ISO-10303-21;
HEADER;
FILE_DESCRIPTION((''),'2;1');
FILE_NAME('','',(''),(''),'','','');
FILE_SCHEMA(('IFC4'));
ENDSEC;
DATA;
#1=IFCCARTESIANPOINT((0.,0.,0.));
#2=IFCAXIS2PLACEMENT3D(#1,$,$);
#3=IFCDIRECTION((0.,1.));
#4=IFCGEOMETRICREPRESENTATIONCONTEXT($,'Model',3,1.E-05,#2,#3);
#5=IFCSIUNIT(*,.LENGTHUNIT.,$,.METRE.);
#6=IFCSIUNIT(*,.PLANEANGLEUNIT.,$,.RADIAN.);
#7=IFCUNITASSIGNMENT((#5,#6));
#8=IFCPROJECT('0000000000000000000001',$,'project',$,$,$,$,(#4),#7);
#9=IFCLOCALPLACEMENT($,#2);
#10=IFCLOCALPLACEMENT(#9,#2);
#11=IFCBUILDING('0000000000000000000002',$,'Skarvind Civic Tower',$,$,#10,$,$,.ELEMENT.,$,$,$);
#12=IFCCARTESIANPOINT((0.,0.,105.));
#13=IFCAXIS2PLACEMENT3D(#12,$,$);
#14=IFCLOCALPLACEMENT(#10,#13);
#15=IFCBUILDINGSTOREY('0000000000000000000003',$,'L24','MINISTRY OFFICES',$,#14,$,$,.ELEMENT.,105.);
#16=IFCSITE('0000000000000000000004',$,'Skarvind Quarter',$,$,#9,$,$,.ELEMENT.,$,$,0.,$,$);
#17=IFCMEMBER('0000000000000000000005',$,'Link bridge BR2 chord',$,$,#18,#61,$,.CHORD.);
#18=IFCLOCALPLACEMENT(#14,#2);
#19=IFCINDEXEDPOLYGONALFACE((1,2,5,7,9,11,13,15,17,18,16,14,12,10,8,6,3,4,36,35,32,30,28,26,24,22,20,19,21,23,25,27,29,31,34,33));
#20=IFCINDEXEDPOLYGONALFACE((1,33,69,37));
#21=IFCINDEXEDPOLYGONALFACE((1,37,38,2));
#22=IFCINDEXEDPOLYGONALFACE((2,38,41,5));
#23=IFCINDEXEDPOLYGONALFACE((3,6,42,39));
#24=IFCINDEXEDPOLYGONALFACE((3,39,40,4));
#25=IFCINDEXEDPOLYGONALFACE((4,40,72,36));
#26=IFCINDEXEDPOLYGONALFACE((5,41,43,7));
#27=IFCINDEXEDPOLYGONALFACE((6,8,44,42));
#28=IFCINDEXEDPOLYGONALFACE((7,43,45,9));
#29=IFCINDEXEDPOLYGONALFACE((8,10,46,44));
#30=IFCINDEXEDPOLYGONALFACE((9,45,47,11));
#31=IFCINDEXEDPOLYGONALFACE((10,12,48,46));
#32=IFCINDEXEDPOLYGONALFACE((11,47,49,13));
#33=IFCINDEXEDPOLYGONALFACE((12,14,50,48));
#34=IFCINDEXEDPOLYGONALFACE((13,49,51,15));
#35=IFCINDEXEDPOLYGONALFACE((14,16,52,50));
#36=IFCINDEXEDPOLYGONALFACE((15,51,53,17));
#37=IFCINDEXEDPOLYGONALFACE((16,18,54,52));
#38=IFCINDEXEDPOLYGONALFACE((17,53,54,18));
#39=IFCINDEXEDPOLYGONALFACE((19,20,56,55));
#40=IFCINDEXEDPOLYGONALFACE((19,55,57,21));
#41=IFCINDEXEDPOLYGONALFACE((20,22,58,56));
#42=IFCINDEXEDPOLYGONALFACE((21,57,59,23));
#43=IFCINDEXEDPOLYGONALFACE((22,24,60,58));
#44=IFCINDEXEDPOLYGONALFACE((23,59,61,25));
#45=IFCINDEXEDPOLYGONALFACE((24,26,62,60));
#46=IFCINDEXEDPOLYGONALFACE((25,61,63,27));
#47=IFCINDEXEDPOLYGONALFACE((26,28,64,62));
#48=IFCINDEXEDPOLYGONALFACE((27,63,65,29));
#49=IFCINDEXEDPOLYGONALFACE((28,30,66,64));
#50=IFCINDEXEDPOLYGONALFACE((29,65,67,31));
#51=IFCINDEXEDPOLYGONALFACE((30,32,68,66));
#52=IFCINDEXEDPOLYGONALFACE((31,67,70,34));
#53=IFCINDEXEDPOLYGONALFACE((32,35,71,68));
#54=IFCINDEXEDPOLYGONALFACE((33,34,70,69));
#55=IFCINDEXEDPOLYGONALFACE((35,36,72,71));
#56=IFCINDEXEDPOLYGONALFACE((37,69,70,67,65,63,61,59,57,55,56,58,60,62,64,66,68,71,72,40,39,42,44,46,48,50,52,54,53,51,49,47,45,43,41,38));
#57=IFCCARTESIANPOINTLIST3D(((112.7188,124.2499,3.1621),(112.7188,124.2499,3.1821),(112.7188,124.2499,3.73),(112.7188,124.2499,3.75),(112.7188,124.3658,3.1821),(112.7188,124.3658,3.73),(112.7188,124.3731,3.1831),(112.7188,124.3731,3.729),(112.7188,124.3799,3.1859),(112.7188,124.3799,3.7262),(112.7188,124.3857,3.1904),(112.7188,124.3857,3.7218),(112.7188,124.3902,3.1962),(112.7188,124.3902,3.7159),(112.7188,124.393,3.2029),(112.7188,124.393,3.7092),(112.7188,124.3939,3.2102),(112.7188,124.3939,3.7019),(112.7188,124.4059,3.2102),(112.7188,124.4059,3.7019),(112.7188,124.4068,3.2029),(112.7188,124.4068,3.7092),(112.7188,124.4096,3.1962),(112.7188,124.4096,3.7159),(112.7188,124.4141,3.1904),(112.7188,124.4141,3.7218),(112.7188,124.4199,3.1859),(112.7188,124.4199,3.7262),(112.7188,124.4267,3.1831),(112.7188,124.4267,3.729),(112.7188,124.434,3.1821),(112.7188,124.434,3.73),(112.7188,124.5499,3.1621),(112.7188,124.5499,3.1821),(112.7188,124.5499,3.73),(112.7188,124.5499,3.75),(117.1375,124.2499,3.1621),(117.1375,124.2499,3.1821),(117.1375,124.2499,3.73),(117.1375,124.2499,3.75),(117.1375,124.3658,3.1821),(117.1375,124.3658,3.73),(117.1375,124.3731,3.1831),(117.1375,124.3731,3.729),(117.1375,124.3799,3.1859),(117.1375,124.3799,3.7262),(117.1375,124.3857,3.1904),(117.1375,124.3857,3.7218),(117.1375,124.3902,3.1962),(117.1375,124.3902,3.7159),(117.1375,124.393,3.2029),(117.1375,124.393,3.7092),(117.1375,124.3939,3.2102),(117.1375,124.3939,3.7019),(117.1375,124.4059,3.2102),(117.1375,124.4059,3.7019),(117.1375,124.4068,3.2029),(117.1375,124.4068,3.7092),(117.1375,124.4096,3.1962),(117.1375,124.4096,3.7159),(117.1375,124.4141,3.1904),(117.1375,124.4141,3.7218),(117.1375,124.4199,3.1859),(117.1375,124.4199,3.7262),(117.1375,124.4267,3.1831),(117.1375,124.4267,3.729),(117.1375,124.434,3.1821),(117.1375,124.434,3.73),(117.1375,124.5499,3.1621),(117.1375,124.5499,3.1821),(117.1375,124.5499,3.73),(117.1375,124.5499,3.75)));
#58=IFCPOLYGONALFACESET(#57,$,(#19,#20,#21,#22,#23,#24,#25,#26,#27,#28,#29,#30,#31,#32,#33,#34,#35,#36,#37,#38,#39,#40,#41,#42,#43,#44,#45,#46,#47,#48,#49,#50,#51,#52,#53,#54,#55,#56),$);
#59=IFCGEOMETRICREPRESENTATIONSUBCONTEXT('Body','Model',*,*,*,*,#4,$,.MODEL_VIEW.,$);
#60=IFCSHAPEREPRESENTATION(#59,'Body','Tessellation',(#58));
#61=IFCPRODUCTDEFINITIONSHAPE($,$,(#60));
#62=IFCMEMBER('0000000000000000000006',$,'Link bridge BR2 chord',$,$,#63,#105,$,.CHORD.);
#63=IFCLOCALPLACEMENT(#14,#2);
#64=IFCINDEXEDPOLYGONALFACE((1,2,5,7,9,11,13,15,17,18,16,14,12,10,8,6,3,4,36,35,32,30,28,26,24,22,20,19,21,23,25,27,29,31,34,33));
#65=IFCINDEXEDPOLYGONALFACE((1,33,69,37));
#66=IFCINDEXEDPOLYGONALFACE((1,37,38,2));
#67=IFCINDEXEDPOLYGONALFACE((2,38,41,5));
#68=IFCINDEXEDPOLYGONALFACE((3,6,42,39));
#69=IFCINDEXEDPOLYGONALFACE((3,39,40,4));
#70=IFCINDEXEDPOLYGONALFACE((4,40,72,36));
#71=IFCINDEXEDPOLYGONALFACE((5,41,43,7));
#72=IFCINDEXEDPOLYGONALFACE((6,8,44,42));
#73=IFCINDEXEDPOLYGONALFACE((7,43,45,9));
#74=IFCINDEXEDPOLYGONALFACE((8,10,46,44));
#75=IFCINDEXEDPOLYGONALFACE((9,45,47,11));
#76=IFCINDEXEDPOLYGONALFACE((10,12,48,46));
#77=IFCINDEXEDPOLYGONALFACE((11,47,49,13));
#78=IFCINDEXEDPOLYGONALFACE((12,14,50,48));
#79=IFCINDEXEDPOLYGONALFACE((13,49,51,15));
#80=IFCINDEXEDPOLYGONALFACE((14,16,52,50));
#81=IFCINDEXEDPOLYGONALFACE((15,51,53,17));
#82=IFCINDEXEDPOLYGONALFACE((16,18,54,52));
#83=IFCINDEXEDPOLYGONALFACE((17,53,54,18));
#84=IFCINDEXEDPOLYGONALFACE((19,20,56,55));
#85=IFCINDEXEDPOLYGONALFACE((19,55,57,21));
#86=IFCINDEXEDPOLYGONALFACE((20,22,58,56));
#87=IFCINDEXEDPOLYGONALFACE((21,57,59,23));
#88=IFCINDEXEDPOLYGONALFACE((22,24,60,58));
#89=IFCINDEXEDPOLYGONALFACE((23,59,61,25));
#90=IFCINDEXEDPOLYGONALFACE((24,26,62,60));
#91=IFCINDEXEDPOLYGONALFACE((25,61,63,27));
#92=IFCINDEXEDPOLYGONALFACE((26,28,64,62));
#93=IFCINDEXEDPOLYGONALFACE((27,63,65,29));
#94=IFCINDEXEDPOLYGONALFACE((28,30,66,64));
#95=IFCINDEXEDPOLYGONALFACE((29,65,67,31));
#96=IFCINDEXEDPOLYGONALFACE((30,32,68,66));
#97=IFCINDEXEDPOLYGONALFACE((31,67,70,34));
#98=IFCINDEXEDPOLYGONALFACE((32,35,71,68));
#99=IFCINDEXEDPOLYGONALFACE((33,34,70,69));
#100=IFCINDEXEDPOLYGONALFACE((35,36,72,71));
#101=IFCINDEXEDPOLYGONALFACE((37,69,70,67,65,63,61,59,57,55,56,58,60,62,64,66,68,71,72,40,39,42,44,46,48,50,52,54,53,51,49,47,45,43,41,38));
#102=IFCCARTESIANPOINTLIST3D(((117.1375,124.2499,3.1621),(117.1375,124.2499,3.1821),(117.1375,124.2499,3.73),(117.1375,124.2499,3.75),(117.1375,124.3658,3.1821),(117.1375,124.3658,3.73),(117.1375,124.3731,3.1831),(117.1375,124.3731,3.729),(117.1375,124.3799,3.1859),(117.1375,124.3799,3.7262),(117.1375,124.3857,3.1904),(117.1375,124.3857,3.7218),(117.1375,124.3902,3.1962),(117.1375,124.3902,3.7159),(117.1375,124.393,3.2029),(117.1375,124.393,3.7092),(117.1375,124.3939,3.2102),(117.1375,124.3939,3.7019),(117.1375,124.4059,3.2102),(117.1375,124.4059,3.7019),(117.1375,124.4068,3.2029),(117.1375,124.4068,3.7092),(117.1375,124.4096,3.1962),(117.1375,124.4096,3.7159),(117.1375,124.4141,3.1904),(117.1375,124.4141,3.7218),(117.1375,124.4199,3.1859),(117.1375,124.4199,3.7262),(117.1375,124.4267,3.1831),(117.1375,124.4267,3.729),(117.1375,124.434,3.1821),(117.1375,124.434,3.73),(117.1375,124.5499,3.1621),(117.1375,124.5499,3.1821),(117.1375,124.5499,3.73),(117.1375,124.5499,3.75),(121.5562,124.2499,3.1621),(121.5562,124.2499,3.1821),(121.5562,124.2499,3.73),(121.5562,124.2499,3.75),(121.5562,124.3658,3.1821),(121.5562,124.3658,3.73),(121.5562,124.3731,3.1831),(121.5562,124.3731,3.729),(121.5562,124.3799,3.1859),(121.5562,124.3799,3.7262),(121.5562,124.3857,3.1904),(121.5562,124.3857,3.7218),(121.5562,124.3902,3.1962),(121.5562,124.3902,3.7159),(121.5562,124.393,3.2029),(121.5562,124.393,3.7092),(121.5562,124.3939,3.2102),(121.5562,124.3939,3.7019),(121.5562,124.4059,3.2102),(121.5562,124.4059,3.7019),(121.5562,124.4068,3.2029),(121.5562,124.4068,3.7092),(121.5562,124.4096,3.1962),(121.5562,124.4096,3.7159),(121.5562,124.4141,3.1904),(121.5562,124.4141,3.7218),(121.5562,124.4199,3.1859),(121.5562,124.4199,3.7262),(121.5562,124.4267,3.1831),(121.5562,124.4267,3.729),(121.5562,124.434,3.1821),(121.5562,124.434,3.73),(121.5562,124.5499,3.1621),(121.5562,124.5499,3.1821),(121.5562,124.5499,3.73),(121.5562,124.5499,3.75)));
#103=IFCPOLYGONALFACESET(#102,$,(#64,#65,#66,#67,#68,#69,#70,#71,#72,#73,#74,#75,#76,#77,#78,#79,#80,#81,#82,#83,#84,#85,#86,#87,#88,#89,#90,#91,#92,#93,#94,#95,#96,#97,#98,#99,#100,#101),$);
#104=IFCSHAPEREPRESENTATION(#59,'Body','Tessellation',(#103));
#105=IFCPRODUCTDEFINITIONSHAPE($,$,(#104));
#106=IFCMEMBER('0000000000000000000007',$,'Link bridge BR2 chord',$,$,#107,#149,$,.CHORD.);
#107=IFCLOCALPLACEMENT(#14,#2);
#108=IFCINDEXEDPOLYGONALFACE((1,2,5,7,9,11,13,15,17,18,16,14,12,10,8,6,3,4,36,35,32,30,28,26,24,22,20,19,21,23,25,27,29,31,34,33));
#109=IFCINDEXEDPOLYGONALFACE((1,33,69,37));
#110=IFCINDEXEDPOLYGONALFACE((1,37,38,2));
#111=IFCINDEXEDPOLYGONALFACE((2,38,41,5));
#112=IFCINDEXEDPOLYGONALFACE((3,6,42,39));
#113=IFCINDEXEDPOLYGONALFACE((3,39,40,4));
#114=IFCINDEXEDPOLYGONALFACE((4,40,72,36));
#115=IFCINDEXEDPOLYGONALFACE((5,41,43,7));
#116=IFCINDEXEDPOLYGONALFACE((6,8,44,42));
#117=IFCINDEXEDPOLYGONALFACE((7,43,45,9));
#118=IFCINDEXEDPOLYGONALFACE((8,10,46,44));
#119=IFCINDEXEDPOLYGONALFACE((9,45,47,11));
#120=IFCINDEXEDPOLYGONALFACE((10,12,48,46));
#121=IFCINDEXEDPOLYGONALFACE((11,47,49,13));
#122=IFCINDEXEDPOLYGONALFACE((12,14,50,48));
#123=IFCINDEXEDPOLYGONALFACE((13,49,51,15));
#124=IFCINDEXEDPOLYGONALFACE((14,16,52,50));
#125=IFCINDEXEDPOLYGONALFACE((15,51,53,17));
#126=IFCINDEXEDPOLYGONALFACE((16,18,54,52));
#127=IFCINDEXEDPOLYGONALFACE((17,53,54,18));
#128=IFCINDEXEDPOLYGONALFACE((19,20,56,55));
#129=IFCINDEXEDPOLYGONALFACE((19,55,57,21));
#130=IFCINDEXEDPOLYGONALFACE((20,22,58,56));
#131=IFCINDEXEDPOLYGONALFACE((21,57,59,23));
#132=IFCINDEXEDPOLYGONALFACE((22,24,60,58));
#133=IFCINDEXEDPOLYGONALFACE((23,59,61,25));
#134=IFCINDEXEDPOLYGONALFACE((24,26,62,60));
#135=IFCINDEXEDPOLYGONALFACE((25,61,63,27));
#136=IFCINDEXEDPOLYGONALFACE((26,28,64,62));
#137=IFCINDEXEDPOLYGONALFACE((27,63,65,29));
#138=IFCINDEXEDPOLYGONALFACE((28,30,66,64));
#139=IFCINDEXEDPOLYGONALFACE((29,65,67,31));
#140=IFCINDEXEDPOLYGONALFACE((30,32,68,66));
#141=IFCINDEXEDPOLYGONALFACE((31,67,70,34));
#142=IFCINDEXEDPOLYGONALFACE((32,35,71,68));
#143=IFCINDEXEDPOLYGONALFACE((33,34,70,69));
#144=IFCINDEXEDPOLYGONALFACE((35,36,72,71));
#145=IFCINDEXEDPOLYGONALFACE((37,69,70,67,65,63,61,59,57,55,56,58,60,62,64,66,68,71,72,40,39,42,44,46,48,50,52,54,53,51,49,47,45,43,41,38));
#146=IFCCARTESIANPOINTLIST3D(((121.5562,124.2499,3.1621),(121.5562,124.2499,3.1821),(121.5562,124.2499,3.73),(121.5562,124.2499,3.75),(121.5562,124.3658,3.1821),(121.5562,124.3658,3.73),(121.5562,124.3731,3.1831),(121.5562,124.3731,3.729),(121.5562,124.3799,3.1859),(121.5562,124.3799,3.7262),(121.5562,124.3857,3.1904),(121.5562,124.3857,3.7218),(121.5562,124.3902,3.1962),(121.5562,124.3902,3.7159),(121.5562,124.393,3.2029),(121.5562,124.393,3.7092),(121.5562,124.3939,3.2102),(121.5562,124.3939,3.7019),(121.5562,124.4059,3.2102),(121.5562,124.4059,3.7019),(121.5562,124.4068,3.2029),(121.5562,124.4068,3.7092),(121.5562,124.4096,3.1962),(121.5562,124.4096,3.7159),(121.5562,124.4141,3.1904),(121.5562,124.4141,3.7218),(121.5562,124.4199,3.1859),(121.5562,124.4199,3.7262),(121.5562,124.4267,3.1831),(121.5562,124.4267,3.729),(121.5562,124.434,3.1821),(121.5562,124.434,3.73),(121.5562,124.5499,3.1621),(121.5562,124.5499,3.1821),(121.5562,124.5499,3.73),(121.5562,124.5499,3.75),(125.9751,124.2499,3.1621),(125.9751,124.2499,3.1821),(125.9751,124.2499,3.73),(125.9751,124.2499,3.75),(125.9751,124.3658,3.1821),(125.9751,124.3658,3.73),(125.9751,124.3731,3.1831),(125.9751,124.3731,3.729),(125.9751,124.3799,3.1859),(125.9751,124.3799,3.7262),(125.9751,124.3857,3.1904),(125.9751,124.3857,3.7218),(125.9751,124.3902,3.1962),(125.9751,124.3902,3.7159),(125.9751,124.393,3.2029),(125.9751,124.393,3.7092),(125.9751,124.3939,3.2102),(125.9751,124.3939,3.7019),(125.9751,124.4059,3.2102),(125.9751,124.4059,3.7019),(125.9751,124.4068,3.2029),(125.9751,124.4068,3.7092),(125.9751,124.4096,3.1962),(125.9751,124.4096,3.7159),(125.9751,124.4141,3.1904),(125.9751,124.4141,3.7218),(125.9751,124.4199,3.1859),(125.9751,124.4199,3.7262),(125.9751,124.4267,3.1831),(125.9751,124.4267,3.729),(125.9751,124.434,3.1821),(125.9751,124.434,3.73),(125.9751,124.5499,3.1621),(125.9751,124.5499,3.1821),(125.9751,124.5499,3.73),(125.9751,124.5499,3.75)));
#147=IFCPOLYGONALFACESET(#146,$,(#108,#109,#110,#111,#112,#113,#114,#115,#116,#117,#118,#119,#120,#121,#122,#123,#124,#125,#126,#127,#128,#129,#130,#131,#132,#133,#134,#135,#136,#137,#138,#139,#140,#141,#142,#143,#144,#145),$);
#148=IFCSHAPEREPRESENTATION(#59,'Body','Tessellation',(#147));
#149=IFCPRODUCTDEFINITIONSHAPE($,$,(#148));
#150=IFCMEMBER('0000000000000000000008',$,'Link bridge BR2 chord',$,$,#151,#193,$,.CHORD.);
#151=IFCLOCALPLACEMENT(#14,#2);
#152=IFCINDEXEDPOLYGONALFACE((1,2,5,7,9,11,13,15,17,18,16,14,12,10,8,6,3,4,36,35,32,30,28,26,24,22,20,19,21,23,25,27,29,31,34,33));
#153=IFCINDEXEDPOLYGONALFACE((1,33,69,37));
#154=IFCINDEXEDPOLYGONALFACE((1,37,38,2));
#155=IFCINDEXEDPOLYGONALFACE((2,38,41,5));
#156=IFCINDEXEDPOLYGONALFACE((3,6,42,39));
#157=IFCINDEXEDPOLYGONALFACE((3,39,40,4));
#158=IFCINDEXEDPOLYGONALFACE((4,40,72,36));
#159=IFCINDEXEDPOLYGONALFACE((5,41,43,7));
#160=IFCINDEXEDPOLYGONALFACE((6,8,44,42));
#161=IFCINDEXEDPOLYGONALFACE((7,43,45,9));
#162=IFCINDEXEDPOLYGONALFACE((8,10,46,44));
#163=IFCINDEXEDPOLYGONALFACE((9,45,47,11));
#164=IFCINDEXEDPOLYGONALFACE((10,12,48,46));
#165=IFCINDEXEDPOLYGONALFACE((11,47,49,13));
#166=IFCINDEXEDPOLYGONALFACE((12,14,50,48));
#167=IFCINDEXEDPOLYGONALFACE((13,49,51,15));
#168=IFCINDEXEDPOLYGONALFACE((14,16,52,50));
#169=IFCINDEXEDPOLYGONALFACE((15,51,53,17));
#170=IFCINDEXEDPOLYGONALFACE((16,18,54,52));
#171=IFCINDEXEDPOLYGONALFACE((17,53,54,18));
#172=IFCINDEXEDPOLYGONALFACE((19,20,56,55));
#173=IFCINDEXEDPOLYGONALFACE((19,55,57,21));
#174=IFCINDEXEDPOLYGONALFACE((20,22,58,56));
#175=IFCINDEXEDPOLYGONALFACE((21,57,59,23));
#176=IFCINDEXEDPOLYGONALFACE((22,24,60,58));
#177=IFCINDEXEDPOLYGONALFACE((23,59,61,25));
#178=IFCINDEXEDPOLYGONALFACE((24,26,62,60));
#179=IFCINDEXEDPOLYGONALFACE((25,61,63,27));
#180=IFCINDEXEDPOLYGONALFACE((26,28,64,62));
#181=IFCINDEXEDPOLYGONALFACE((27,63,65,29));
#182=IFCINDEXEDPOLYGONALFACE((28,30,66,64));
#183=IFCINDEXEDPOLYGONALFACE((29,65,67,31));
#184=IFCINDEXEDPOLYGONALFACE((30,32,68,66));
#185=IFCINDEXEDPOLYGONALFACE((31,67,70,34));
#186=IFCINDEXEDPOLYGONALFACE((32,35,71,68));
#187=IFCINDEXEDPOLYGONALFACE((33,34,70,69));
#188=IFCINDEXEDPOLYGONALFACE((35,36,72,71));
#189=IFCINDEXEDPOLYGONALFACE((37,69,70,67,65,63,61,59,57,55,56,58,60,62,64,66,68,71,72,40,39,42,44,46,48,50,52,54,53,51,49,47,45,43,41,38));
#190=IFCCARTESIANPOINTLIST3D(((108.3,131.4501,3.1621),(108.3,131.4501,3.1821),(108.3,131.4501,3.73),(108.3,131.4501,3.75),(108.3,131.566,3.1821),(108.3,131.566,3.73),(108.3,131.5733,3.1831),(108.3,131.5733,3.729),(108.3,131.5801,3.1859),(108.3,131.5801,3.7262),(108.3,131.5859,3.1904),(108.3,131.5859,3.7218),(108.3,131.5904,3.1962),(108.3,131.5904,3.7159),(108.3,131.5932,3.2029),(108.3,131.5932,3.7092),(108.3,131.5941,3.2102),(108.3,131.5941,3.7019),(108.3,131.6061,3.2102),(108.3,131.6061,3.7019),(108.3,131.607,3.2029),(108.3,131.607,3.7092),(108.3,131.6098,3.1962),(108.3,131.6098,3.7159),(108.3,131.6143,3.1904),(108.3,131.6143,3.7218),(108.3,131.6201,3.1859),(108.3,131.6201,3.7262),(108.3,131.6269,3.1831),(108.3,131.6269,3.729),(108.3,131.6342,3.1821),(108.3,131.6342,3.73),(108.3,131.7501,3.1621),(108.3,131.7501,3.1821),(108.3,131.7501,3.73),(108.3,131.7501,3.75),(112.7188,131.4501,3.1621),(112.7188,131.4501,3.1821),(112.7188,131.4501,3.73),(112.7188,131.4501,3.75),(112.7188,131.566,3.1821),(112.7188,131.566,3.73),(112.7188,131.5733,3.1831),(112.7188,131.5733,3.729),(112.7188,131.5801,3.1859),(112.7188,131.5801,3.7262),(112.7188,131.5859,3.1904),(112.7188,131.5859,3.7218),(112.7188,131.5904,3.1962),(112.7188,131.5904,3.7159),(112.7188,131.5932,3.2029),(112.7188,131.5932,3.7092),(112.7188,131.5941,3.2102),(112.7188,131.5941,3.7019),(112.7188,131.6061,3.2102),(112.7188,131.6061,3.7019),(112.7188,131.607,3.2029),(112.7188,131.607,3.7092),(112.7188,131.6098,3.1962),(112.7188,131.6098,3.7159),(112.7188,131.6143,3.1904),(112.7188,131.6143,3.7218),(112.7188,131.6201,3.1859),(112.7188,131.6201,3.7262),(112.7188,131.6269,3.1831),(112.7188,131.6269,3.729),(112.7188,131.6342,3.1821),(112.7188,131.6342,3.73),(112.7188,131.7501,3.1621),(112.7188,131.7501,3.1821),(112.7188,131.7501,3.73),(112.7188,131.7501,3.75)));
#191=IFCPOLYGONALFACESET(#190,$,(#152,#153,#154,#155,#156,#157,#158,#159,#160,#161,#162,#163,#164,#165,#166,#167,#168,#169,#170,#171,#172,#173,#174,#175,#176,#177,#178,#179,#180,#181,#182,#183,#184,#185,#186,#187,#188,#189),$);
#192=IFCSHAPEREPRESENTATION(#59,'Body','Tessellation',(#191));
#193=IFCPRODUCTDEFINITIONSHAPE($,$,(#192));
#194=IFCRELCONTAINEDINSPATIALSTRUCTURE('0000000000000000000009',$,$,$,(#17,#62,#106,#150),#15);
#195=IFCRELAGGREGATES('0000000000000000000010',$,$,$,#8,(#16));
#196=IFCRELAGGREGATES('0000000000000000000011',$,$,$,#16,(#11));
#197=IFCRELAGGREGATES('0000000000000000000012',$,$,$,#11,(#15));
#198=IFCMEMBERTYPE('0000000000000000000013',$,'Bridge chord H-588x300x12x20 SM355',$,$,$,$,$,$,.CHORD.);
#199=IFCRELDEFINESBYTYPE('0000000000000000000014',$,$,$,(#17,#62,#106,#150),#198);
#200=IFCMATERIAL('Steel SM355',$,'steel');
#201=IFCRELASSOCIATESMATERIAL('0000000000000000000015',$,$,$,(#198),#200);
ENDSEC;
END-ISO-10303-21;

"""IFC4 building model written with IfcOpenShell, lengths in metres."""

from ifc_helpers import new_model, si_unit, direction, frame, origin, origin_2d, place, context, subcontext, project, spatial, i_section, extrude, material, material_profile, profile_set, type_object, element, save


model = new_model("IFC4")

# Units and contexts
model_context = context("Model", 3, precision=1e-05, world=origin(), true_north=direction((0.0, 1.0)))
body_context = subcontext(model_context, "Body", "Model", "MODEL_VIEW")
ifc_project = project(units=[si_unit("LENGTHUNIT", "METRE"), si_unit("PLANEANGLEUNIT", "RADIAN")], contexts=[model_context])

# Site, building, storey
site_placement = place(None, origin())
site = spatial("IfcSite", under=ifc_project, at=site_placement, Name="Skarvind Quarter", CompositionType="ELEMENT", RefElevation=0.0)
building_placement = place(site_placement, origin())
building = spatial("IfcBuilding", under=site, at=building_placement, Name="Skarvind Civic Tower", CompositionType="ELEMENT")
storey_placement = place(building_placement, frame((0.0, 0.0, 105.0)))
storey = spatial("IfcBuildingStorey", under=building, at=storey_placement, Name="L24", Description="MINISTRY OFFICES", CompositionType="ELEMENT", Elevation=105.0)

# Members
ifc_material_1 = material(Name="Steel SM355", Category="steel")
ifc_material_profile_1 = material_profile(ifc_material_1, i_section(OverallWidth=0.3, OverallDepth=0.5879, WebThickness=0.012, FlangeThickness=0.02, FilletRadius=0.0281, at=origin_2d()), Name="H-588x300x12x20")
ifc_profile_set_1 = profile_set([ifc_material_profile_1], Name="Steel SM355")
member_type_1 = type_object("IfcMemberType", Name="Bridge chord H-588x300x12x20 SM355", PredefinedType="CHORD", material=ifc_profile_set_1)
for number, where, z_axis, x_axis, name in (
    (1, (112.7188, 124.3999, 3.4561), (1.0, 0.0, 0.0), (0.0, 1.0, 0.0), "Link bridge BR2 chord"),
    (2, (117.1375, 124.3999, 3.4561), (1.0, 0.0, 0.0), (0.0, 1.0, 0.0), "Link bridge BR2 chord"),
):
    element("IfcMember", number, at=place(storey_placement, frame(where, z_axis=z_axis, x_axis=x_axis)), inside=storey, type_object=member_type_1, Name=name, PredefinedType="CHORD", context=body_context, shape_type="SweptSolid", body=[
        extrude(i_section(OverallWidth=0.3, OverallDepth=0.5879, WebThickness=0.012, FlangeThickness=0.02, FilletRadius=0.0281, at=origin_2d()), origin(), (0.0, 0.0, 1.0), 4.4187),
    ])
member_1_placement = place(storey_placement, frame((121.5562, 124.3999, 3.4561), z_axis=(1.0, 0.0, 0.0), x_axis=(0.0, 1.0, 0.0)))
element("IfcMember", 3, at=member_1_placement, inside=storey, type_object=member_type_1, Name="Link bridge BR2 chord", PredefinedType="CHORD", context=body_context, shape_type="SweptSolid", body=[
    extrude(i_section(OverallWidth=0.3, OverallDepth=0.5879, WebThickness=0.012, FlangeThickness=0.02, FilletRadius=0.0281, at=origin_2d()), origin(), (0.0, 0.0, 1.0), 4.4189),
])
for number, where, z_axis, x_axis, name in (
    (4, (108.3, 131.6001, 3.4561), (1.0, 0.0, 0.0), (0.0, 1.0, 0.0), "Link bridge BR2 chord"),
):
    element("IfcMember", number, at=place(storey_placement, frame(where, z_axis=z_axis, x_axis=x_axis)), inside=storey, type_object=member_type_1, Name=name, PredefinedType="CHORD", context=body_context, shape_type="SweptSolid", body=[
        extrude(i_section(OverallWidth=0.3, OverallDepth=0.5879, WebThickness=0.012, FlangeThickness=0.02, FilletRadius=0.0281, at=origin_2d()), origin(), (0.0, 0.0, 1.0), 4.4187),
    ])

save(model, "model.ifc")
